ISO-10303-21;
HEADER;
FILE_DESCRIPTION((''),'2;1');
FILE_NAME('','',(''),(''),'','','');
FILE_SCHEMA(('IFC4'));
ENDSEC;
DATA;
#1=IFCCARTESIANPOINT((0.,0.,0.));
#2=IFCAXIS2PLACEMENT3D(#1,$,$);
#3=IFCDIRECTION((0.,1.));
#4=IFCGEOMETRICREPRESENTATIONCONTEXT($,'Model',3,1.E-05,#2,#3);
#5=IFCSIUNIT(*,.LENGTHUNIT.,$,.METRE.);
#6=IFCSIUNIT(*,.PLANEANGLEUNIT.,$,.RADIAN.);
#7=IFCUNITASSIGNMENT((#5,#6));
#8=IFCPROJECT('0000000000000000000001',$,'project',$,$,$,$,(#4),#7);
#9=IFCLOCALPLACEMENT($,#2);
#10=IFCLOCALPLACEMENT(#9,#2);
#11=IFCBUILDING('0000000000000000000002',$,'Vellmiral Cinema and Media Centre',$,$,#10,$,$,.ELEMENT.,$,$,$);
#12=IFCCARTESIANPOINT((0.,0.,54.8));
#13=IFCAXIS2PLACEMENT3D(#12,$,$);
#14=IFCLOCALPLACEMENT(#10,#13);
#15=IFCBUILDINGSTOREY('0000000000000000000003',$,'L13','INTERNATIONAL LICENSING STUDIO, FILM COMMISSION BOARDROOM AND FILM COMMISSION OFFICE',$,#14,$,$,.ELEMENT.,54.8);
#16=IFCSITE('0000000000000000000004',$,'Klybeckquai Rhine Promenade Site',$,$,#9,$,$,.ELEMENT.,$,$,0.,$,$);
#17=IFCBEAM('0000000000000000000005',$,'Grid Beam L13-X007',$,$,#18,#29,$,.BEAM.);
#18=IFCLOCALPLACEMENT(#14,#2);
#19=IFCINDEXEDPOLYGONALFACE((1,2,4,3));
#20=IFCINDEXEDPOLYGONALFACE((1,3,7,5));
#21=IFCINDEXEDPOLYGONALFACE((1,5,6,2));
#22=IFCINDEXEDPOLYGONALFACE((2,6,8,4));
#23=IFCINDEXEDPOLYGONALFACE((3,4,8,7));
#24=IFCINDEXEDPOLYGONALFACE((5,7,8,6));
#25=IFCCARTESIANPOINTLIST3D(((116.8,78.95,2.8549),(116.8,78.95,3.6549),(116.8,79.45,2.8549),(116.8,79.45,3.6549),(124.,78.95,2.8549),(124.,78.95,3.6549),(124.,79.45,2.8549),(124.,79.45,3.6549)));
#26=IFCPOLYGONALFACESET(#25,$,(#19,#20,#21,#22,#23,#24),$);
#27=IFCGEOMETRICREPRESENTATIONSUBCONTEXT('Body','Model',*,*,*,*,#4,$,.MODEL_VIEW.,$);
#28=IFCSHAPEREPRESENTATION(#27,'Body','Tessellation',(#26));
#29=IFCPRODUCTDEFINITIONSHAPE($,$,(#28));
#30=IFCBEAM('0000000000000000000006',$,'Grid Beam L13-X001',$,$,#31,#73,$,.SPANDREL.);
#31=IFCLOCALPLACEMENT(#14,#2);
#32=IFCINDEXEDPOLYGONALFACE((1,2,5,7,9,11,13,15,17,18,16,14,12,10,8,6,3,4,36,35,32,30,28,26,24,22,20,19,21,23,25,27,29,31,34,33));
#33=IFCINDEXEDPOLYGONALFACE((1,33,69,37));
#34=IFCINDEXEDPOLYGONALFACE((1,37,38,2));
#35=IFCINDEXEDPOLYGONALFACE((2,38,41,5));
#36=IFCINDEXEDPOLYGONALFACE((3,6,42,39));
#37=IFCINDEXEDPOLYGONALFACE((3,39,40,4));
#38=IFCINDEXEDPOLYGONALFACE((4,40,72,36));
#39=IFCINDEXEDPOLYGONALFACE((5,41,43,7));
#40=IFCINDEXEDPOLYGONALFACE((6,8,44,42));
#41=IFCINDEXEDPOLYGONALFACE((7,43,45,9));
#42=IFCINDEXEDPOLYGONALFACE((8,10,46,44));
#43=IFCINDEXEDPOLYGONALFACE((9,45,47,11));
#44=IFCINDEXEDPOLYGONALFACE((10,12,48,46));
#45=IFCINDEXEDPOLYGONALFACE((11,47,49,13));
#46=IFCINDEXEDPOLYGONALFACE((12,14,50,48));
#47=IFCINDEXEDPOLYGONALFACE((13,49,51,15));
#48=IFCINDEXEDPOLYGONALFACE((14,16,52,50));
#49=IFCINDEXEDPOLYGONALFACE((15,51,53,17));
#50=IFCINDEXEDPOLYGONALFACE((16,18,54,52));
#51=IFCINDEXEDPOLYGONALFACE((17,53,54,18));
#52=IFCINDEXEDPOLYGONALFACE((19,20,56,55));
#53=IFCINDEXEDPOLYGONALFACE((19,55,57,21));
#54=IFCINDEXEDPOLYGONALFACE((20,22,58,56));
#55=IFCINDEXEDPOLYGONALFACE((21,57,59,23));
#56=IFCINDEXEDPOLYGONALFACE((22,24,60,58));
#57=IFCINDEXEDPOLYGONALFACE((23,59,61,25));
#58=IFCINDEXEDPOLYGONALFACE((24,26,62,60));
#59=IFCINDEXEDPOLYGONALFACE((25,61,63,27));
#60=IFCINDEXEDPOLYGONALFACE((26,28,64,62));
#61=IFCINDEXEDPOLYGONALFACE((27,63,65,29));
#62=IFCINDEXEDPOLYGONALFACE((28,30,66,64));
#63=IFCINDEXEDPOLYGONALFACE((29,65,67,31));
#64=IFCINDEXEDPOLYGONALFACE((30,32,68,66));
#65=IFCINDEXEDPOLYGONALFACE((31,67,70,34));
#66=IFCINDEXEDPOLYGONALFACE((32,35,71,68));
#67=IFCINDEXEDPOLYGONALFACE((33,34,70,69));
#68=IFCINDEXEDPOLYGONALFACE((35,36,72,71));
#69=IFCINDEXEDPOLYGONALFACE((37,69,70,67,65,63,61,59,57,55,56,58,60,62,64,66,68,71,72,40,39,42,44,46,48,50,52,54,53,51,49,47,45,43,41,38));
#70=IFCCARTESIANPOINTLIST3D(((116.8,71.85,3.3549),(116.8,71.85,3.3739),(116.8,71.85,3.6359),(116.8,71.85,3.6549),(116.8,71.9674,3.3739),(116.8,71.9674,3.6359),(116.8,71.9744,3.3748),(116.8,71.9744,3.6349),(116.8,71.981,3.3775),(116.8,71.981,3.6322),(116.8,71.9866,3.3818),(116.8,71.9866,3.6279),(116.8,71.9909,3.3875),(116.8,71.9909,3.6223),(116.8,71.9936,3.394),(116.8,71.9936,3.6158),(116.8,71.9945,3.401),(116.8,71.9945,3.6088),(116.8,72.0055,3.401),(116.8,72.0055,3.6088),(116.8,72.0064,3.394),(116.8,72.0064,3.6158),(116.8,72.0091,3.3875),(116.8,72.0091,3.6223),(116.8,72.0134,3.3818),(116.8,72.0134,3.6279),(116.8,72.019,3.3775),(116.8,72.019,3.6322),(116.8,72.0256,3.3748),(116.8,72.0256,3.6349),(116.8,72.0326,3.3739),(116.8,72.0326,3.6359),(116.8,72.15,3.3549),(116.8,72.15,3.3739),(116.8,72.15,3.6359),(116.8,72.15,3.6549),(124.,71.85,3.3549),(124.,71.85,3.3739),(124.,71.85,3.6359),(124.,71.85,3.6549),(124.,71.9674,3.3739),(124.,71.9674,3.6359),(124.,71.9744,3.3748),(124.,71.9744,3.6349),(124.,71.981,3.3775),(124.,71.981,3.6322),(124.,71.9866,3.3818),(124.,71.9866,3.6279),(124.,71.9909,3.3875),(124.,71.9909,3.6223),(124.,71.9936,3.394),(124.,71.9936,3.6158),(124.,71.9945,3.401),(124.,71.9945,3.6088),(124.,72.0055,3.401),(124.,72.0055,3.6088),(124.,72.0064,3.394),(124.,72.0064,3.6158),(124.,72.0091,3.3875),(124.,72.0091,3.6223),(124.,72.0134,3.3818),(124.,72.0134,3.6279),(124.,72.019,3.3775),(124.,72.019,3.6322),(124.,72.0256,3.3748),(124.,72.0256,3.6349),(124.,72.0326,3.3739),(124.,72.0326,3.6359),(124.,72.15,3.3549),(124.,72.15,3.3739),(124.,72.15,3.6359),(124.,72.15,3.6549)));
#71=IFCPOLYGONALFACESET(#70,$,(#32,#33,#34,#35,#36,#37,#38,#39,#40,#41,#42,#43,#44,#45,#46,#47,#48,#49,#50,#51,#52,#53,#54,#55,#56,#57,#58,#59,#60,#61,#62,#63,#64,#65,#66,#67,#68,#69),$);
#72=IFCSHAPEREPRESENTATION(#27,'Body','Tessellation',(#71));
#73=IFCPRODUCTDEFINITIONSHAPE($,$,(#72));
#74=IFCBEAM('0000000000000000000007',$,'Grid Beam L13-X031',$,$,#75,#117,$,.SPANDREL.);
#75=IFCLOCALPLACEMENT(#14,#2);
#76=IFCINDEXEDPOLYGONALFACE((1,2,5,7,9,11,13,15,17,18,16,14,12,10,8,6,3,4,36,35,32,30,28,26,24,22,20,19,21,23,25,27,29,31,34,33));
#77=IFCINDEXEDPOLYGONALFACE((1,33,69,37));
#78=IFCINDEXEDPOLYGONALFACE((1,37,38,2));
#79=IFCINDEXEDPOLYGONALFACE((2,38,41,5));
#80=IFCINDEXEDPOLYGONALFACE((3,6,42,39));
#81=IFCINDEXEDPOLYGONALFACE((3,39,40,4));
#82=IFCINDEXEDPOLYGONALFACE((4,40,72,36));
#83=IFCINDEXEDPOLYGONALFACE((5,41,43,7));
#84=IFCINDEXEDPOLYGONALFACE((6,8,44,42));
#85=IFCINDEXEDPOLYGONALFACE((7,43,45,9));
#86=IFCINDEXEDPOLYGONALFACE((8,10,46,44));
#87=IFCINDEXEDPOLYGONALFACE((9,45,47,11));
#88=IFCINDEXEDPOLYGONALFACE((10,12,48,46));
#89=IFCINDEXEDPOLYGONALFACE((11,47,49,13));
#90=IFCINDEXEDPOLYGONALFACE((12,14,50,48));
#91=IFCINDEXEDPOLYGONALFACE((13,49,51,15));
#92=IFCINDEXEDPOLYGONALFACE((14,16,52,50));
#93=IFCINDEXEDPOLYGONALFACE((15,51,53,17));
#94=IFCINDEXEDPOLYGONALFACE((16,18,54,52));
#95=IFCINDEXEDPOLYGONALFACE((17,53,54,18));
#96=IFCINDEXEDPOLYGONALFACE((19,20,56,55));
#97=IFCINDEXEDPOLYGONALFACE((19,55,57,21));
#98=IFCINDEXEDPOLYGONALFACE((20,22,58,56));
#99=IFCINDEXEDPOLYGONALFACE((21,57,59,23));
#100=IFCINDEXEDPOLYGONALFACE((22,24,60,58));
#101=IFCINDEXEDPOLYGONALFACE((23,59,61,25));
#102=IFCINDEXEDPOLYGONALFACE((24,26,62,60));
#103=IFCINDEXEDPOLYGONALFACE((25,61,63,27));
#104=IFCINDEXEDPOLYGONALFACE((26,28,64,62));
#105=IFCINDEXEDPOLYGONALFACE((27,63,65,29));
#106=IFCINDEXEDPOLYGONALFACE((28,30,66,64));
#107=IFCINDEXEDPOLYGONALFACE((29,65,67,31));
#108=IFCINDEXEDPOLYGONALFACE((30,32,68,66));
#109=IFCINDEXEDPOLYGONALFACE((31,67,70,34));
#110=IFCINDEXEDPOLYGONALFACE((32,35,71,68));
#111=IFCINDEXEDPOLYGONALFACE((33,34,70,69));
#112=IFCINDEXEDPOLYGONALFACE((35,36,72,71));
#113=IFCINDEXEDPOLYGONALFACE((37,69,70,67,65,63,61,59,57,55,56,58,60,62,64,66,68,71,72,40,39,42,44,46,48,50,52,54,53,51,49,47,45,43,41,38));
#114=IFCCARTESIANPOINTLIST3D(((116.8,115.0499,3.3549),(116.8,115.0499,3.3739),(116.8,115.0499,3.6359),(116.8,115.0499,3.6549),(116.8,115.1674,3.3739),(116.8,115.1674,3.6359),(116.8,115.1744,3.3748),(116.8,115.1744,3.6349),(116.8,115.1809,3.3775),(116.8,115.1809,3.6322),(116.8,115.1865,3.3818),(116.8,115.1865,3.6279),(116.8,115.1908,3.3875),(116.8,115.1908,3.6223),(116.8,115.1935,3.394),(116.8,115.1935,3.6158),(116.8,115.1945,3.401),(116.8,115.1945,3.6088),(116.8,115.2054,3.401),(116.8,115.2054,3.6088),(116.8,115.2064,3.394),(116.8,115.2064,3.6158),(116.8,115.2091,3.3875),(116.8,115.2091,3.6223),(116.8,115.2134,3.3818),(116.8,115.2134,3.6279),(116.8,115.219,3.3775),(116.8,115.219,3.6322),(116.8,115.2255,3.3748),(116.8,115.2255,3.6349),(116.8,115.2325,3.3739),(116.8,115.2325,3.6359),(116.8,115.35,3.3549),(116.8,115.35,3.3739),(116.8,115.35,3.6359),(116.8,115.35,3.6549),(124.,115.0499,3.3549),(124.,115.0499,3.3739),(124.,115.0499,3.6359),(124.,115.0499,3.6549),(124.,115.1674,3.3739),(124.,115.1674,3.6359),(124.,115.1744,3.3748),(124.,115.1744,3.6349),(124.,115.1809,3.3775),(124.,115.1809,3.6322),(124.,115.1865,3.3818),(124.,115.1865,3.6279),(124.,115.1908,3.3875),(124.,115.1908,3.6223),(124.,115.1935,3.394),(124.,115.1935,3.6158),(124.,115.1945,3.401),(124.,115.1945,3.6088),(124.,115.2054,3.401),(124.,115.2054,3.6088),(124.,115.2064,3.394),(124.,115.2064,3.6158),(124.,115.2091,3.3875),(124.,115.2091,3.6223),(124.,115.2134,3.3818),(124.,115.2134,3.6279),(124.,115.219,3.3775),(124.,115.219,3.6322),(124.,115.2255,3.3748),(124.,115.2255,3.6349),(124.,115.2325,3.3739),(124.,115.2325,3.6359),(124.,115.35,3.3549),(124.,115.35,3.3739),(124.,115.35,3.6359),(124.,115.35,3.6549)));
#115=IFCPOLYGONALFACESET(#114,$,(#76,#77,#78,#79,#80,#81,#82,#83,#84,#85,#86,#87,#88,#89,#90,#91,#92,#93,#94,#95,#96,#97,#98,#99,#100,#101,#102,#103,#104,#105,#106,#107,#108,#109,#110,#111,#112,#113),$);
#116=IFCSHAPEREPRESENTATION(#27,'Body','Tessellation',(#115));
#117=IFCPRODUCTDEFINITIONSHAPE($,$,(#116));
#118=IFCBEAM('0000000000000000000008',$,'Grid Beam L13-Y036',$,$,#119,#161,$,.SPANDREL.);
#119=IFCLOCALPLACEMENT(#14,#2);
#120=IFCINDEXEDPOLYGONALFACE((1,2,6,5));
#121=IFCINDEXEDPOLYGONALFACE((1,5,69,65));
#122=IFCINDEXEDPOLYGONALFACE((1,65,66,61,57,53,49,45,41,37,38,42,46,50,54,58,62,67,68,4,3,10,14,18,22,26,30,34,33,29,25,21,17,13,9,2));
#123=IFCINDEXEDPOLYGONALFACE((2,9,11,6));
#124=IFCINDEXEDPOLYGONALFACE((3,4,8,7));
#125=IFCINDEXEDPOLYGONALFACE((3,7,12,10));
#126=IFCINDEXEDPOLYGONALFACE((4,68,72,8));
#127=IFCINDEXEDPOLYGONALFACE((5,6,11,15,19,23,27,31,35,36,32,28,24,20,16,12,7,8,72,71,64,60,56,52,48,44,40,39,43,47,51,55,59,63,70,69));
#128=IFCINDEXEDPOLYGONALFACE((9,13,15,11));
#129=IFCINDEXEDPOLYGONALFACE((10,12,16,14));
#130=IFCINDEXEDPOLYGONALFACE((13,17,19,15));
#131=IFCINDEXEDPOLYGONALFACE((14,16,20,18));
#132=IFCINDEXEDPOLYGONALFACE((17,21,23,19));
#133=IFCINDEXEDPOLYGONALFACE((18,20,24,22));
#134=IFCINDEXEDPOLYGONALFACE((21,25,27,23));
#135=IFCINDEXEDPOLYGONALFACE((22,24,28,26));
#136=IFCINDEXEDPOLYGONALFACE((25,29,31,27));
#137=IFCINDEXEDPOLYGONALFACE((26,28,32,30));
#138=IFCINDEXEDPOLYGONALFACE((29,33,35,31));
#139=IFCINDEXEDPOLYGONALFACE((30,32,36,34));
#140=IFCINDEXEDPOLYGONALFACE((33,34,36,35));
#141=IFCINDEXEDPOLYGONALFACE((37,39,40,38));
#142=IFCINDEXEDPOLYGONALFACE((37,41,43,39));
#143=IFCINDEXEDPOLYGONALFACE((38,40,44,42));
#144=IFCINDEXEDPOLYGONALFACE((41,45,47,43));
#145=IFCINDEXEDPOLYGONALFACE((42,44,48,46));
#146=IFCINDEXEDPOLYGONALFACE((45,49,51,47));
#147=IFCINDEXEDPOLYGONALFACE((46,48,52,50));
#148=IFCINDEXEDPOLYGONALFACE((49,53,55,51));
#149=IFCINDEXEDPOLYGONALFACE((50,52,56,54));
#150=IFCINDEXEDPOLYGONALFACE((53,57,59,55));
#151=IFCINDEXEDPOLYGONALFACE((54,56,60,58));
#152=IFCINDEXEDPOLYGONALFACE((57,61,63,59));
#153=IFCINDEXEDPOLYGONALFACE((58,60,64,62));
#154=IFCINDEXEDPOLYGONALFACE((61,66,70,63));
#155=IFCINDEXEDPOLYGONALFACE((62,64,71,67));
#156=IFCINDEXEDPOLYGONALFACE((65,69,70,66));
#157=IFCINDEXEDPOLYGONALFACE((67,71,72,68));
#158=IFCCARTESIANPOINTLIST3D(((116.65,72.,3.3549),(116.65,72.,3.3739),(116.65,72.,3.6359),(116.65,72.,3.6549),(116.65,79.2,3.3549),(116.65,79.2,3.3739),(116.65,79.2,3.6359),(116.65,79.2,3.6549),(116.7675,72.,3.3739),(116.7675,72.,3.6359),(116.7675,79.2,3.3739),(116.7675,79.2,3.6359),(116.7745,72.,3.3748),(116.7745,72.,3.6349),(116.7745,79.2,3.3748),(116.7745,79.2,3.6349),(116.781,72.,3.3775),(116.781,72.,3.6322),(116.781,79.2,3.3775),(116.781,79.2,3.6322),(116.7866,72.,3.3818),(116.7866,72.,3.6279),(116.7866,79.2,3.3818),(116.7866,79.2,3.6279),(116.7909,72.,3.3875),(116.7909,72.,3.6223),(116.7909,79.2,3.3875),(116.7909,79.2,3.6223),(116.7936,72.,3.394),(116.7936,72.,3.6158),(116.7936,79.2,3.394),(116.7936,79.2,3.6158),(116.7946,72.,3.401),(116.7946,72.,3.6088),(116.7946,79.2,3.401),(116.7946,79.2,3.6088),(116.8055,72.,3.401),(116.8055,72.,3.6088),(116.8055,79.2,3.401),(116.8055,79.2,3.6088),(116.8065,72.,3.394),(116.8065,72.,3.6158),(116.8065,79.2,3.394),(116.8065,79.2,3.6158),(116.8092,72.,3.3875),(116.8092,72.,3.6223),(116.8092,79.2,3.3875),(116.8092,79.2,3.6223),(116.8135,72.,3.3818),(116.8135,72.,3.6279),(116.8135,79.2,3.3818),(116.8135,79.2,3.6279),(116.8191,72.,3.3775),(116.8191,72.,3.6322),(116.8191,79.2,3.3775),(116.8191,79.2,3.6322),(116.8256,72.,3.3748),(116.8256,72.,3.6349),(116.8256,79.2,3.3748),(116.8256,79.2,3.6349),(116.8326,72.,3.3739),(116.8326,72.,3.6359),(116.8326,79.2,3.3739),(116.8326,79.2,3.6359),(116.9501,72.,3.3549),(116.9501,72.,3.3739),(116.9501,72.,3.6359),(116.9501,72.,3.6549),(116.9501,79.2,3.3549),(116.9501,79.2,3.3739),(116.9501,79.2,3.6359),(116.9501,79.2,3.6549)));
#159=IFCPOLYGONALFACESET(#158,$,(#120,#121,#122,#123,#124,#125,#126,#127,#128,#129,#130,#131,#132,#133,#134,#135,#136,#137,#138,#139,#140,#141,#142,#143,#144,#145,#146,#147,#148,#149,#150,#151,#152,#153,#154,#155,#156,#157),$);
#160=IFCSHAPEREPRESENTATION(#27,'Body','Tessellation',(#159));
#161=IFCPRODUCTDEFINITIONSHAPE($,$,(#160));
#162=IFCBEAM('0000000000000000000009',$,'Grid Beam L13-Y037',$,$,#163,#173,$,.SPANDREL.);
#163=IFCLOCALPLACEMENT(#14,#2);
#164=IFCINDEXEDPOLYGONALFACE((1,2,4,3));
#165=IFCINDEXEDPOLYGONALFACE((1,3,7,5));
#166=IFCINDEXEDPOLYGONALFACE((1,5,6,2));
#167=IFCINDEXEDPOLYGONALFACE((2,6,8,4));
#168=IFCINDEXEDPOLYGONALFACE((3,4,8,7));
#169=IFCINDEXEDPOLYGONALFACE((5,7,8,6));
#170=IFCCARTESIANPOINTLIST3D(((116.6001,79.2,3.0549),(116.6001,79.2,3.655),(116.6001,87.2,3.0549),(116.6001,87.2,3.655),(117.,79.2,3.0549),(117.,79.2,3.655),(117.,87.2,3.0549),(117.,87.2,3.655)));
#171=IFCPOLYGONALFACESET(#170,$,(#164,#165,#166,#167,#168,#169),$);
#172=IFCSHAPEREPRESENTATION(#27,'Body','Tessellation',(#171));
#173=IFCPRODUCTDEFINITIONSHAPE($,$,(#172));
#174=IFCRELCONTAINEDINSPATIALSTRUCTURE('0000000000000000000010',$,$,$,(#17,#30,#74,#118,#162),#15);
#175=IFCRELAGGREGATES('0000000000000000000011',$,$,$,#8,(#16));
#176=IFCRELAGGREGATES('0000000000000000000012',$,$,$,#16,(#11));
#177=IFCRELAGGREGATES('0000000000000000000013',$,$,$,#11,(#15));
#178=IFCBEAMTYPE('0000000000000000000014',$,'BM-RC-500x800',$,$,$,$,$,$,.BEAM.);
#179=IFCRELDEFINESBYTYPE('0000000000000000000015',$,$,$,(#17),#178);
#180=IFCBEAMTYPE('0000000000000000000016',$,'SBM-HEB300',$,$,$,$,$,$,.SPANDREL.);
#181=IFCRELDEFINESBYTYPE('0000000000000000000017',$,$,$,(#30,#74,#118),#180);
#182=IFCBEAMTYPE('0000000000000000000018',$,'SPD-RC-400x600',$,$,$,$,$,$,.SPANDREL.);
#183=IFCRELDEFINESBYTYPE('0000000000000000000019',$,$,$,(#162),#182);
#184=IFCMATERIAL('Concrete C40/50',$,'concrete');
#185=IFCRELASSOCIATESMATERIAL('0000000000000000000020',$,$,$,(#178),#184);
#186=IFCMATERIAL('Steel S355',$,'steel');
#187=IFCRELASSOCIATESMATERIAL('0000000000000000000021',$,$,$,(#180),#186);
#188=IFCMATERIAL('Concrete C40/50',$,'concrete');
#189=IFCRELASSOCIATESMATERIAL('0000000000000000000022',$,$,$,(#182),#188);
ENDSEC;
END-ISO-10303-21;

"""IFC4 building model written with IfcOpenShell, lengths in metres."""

from ifc_helpers import new_model, si_unit, direction, frame, origin, origin_2d, place, context, subcontext, project, spatial, rectangle, i_section, extrude, material, material_profile, profile_set, type_object, element, save


model = new_model("IFC4")

# Units and contexts
model_context = context("Model", 3, precision=1e-05, world=origin(), true_north=direction((0.0, 1.0)))
body_context = subcontext(model_context, "Body", "Model", "MODEL_VIEW")
ifc_project = project(units=[si_unit("LENGTHUNIT", "METRE"), si_unit("PLANEANGLEUNIT", "RADIAN")], contexts=[model_context])

# Site, building, storey
site_placement = place(None, origin())
site = spatial("IfcSite", under=ifc_project, at=site_placement, Name="Klybeckquai Rhine Promenade Site", CompositionType="ELEMENT", RefElevation=0.0)
building_placement = place(site_placement, origin())
building = spatial("IfcBuilding", under=site, at=building_placement, Name="Vellmiral Cinema and Media Centre", CompositionType="ELEMENT")
storey_placement = place(building_placement, frame((0.0, 0.0, 54.8)))
storey = spatial("IfcBuildingStorey", under=building, at=storey_placement, Name="L13", Description="INTERNATIONAL LICENSING STUDIO, FILM COMMISSION BOARDROOM AND FILM COMMISSION OFFICE", CompositionType="ELEMENT", Elevation=54.8)

# Beams
ifc_material_1 = material(Name="Concrete C40/50", Category="concrete")
ifc_material_profile_1 = material_profile(ifc_material_1, rectangle(XDim=0.5, YDim=0.8, at=origin_2d()), Name="RC 500x800")
ifc_profile_set_1 = profile_set([ifc_material_profile_1], Name="Concrete C40/50")
beam_type_1 = type_object("IfcBeamType", Name="BM-RC-500x800", PredefinedType="BEAM", material=ifc_profile_set_1)
beam_1_placement = place(storey_placement, frame((116.8, 79.2, 3.2549), z_axis=(1.0, 0.0, 0.0), x_axis=(0.0, 1.0, 0.0)))
element("IfcBeam", 1, at=beam_1_placement, inside=storey, type_object=beam_type_1, Name="Grid Beam L13-X007", PredefinedType="BEAM", context=body_context, shape_type="SweptSolid", body=[
    extrude(rectangle(XDim=0.5, YDim=0.8, at=origin_2d()), origin(), (0.0, 0.0, 1.0), 7.2),
])
ifc_material_2 = material(Name="Steel S355", Category="steel")
ifc_material_profile_2 = material_profile(ifc_material_2, i_section(OverallWidth=0.3, OverallDepth=0.3, WebThickness=0.011, FlangeThickness=0.019, FilletRadius=0.0271, at=origin_2d()), Name="HEB 300")
ifc_profile_set_2 = profile_set([ifc_material_profile_2], Name="Steel S355")
beam_type_2 = type_object("IfcBeamType", Name="SBM-HEB300", PredefinedType="SPANDREL", material=ifc_profile_set_2)
for number, where, z_axis, x_axis, name in (
    (2, (116.8, 72.0, 3.5049), (1.0, 0.0, 0.0), (0.0, 1.0, 0.0), "Grid Beam L13-X001"),
    (3, (116.8, 115.2, 3.5049), (1.0, 0.0, 0.0), (0.0, 1.0, 0.0), "Grid Beam L13-X031"),
    (4, (116.8, 72.0, 3.5049), (0.0, 1.0, 0.0), (-1.0, 0.0, 0.0), "Grid Beam L13-Y036"),
):
    element("IfcBeam", number, at=place(storey_placement, frame(where, z_axis=z_axis, x_axis=x_axis)), inside=storey, type_object=beam_type_2, Name=name, PredefinedType="SPANDREL", context=body_context, shape_type="SweptSolid", body=[
        extrude(i_section(OverallWidth=0.3, OverallDepth=0.3, WebThickness=0.011, FlangeThickness=0.019, FilletRadius=0.0271, at=origin_2d()), origin(), (0.0, 0.0, 1.0), 7.2),
    ])
ifc_material_3 = material(Name="Concrete C40/50", Category="concrete")
ifc_material_profile_3 = material_profile(ifc_material_3, rectangle(XDim=0.3999, YDim=0.6001, at=origin_2d()), Name="RC 400x600")
ifc_profile_set_3 = profile_set([ifc_material_profile_3], Name="Concrete C40/50")
beam_type_3 = type_object("IfcBeamType", Name="SPD-RC-400x600", PredefinedType="SPANDREL", material=ifc_profile_set_3)
beam_2_placement = place(storey_placement, frame((116.8, 79.2, 3.355), z_axis=(0.0, 1.0, 0.0), x_axis=(-1.0, 0.0, 0.0)))
element("IfcBeam", 5, at=beam_2_placement, inside=storey, type_object=beam_type_3, Name="Grid Beam L13-Y037", PredefinedType="SPANDREL", context=body_context, shape_type="SweptSolid", body=[
    extrude(rectangle(XDim=0.3999, YDim=0.6001, at=origin_2d()), origin(), (0.0, 0.0, 1.0), 8.0),
])

save(model, "model.ifc")
